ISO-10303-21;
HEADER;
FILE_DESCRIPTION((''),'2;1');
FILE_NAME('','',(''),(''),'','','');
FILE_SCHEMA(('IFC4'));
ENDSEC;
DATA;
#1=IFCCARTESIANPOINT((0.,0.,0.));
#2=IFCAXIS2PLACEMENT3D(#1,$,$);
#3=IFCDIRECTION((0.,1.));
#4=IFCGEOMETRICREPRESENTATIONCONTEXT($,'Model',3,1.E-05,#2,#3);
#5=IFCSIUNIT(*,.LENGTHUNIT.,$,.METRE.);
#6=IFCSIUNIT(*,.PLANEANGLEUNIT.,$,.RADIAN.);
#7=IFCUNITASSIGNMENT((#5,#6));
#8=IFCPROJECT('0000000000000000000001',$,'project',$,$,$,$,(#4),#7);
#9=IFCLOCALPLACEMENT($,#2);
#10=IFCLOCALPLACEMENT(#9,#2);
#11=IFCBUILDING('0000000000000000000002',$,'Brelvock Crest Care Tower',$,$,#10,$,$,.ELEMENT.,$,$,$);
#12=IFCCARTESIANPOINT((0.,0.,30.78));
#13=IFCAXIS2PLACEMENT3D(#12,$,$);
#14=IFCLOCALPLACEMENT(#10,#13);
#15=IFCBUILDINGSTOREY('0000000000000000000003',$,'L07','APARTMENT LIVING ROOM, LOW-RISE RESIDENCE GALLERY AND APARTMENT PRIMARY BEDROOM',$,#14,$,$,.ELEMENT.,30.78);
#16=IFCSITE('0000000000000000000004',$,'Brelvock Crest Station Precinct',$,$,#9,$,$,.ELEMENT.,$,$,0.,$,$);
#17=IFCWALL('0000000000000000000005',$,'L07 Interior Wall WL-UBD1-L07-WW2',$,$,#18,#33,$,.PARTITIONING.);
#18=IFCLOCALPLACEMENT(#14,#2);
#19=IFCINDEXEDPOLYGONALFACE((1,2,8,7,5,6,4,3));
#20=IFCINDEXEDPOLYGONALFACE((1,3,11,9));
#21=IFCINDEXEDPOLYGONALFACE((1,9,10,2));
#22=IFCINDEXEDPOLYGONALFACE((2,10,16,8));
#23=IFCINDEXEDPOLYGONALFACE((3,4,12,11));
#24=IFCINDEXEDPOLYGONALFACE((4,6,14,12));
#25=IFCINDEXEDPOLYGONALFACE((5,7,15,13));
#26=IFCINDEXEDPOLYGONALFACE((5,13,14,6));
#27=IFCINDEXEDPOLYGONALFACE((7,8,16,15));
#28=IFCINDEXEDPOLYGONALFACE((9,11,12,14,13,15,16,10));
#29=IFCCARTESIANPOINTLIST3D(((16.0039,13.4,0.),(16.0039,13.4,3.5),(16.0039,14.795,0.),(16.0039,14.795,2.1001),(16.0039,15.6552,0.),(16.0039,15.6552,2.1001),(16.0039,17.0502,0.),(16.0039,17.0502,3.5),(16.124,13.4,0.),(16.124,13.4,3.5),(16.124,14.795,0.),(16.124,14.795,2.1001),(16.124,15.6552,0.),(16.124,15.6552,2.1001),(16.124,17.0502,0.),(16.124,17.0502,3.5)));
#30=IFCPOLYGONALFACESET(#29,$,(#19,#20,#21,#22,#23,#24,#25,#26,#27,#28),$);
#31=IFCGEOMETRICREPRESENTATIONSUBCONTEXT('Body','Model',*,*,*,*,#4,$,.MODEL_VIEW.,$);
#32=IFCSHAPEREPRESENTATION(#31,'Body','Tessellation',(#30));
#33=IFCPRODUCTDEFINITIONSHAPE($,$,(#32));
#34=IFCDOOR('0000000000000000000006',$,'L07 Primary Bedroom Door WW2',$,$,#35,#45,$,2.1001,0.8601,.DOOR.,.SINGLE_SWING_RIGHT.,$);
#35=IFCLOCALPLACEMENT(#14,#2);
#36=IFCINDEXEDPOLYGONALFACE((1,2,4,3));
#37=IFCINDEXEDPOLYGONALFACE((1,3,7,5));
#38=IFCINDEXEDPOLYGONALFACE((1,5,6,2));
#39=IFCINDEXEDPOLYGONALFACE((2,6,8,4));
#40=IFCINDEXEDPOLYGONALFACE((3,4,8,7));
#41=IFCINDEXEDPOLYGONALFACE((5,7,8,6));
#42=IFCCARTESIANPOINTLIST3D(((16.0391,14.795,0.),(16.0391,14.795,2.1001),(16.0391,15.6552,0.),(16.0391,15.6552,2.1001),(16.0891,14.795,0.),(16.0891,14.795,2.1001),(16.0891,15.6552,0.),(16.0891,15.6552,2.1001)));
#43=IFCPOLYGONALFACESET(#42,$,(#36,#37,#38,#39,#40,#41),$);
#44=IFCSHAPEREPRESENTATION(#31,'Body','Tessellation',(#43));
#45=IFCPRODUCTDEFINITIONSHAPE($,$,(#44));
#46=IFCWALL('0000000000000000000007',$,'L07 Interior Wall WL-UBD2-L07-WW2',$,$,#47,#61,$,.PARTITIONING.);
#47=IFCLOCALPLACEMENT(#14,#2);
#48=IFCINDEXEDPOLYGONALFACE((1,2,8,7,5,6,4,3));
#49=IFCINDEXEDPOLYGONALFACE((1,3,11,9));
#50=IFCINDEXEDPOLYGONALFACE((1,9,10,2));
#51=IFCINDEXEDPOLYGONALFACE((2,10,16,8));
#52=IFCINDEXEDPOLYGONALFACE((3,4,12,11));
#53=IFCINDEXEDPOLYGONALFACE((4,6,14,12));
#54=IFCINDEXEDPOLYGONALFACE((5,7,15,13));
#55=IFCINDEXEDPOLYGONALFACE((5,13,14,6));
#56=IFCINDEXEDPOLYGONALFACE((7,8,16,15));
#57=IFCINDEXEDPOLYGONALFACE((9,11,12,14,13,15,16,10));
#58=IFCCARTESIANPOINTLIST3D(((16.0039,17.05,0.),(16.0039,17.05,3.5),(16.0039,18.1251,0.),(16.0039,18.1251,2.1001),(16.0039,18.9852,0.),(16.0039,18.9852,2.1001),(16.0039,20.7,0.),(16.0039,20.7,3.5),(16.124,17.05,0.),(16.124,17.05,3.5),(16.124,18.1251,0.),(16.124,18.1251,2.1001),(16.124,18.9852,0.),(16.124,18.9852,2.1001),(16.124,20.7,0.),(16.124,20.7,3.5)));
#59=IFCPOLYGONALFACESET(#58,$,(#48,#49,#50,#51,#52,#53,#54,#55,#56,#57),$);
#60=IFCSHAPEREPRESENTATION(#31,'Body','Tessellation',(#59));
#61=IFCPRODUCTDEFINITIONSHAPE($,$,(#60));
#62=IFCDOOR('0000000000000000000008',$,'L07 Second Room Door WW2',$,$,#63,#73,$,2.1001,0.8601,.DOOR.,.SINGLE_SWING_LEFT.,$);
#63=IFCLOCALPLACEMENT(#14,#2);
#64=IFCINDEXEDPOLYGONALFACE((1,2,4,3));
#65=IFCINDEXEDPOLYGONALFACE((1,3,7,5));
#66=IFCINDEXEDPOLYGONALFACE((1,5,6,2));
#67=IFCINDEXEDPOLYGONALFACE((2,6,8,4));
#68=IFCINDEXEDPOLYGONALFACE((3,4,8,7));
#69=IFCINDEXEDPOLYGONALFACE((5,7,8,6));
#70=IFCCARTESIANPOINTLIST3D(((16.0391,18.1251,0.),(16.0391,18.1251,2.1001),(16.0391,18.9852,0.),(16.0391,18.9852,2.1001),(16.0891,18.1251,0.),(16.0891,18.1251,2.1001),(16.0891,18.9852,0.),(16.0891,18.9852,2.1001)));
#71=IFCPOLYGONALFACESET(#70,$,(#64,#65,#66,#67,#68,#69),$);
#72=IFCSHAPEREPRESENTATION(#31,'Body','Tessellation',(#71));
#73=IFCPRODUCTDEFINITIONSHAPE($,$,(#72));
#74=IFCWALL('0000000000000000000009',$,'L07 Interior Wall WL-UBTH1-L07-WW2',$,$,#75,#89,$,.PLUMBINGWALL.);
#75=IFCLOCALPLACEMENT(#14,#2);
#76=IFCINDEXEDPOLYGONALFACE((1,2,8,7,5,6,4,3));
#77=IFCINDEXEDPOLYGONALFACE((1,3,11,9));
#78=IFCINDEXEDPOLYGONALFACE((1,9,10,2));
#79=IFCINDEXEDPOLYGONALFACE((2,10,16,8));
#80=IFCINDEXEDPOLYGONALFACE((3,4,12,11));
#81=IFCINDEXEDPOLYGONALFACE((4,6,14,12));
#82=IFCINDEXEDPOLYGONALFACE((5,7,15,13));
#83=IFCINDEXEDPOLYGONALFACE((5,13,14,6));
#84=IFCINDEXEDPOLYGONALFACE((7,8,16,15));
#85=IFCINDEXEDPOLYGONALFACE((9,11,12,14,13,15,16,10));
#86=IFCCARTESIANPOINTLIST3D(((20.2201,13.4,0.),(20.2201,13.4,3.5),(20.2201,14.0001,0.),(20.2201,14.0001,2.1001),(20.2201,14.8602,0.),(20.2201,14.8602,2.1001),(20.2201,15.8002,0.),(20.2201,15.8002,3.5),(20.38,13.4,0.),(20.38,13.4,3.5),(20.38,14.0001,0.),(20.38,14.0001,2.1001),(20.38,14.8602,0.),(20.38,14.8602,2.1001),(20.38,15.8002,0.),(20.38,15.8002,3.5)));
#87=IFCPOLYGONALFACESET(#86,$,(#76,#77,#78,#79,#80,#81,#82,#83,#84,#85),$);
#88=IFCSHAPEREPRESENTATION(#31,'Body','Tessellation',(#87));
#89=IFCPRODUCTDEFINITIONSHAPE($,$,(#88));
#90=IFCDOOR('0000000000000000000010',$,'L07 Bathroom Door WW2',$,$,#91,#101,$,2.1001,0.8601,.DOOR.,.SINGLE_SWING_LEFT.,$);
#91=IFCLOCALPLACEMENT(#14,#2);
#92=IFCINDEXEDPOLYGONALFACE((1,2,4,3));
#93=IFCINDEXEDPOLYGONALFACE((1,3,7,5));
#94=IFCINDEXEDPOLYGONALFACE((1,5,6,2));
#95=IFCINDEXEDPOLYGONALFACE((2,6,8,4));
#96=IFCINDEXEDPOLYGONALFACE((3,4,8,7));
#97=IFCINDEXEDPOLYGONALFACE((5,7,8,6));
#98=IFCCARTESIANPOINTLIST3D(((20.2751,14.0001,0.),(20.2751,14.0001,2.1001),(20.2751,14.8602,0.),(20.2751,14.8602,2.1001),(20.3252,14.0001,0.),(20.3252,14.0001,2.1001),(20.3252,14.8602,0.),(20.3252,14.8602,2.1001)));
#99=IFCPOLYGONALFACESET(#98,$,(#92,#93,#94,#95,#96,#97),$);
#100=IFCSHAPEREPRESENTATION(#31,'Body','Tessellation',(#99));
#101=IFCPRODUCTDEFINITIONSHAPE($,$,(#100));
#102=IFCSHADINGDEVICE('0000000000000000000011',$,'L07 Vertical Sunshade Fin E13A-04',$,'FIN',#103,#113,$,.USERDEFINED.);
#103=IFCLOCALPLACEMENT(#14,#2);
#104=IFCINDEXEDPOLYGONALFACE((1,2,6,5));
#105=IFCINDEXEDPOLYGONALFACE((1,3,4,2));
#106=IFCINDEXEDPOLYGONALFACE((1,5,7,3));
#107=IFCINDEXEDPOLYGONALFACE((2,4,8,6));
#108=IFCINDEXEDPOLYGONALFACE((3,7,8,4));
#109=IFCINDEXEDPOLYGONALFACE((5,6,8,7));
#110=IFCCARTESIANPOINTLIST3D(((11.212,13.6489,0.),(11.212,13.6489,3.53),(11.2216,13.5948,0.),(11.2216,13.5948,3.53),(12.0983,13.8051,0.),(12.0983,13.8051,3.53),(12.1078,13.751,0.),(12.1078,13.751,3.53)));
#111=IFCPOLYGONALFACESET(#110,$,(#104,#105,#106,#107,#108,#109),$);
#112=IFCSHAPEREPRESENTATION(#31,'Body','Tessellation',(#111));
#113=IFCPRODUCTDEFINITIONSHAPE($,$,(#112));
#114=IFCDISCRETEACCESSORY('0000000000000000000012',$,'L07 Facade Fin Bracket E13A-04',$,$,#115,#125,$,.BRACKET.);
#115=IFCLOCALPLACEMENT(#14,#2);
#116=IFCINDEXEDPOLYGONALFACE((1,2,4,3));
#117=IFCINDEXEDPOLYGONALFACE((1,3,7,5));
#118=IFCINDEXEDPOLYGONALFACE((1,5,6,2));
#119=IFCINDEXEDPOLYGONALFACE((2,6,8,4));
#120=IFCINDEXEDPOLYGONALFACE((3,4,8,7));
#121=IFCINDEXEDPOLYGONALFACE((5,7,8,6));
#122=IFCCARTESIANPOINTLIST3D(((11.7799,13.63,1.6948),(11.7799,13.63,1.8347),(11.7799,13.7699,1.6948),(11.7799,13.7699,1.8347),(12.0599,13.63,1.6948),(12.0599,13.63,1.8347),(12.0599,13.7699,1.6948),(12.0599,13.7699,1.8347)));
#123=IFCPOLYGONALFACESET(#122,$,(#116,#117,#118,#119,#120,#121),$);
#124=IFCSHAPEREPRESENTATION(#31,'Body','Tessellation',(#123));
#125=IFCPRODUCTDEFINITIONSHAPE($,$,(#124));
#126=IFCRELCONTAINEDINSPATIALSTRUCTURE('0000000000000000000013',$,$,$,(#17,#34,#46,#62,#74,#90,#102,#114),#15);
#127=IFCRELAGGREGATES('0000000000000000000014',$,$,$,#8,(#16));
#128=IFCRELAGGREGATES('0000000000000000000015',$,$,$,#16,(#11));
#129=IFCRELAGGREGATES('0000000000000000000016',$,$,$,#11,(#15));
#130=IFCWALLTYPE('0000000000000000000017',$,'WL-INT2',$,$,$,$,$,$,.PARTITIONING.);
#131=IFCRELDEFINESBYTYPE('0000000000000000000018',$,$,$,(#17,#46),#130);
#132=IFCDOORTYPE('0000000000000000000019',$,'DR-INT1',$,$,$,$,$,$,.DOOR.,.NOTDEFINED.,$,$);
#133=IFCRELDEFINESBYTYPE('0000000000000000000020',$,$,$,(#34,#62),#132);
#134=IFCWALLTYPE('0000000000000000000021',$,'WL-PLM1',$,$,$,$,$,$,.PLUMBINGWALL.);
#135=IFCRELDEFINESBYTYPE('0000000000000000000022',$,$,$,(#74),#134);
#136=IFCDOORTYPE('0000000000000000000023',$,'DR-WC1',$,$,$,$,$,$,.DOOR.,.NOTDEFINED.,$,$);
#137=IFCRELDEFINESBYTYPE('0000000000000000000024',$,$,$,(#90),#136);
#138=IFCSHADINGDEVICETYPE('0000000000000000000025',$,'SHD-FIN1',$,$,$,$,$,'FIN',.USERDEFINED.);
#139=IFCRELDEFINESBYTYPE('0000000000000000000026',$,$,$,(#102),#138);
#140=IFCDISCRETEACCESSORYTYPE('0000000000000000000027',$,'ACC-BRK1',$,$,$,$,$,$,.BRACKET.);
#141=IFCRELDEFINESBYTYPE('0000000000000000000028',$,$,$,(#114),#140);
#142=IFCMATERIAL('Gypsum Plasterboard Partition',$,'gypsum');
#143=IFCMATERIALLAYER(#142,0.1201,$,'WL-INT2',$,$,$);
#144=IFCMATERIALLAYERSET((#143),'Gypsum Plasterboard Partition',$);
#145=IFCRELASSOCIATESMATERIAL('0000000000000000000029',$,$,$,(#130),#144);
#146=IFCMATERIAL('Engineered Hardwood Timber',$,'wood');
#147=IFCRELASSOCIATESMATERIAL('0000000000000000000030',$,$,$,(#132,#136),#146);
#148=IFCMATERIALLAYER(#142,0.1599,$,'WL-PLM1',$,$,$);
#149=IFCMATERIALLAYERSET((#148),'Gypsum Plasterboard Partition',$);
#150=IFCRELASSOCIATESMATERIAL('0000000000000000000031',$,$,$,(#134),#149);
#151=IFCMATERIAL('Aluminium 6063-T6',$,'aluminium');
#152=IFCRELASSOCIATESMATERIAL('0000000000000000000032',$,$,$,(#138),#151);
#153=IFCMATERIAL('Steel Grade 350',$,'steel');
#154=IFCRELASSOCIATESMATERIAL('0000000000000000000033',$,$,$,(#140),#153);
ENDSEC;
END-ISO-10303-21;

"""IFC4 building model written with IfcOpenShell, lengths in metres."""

from ifc_helpers import new_model, si_unit, direction, frame, frame_2d, origin, origin_2d, place, context, subcontext, project, spatial, rectangle, extrude, source, transform, mapped, material, layer, layer_set, material_profile, profile_set, type_object, element, fill, save


model = new_model("IFC4")

# Units and contexts
model_context = context("Model", 3, precision=1e-05, world=origin(), true_north=direction((0.0, 1.0)))
body_context = subcontext(model_context, "Body", "Model", "MODEL_VIEW")
ifc_project = project(units=[si_unit("LENGTHUNIT", "METRE"), si_unit("PLANEANGLEUNIT", "RADIAN")], contexts=[model_context])

# Site, building, storey
site_placement = place(None, origin())
site = spatial("IfcSite", under=ifc_project, at=site_placement, Name="Brelvock Crest Station Precinct", CompositionType="ELEMENT", RefElevation=0.0)
building_placement = place(site_placement, origin())
building = spatial("IfcBuilding", under=site, at=building_placement, Name="Brelvock Crest Care Tower", CompositionType="ELEMENT")
storey_placement = place(building_placement, frame((0.0, 0.0, 30.78)))
storey = spatial("IfcBuildingStorey", under=building, at=storey_placement, Name="L07", Description="APARTMENT LIVING ROOM, LOW-RISE RESIDENCE GALLERY AND APARTMENT PRIMARY BEDROOM", CompositionType="ELEMENT", Elevation=30.78)

# Shared definitions
ifc_material_1 = material(Name="Aluminium 6063-T6", Category="aluminium")

# Shared definitions
ifc_material_2 = material(Name="Gypsum Plasterboard Partition", Category="gypsum")
ifc_layer_1 = layer(ifc_material_2, 0.1201, Name="WL-INT2")
ifc_layer_set_1 = layer_set([ifc_layer_1], Name="Gypsum Plasterboard Partition")
wall_type_1 = type_object("IfcWallType", Name="WL-INT2", PredefinedType="PARTITIONING", material=ifc_layer_set_1)

# Walls, openings, doors
wall_1_placement = place(storey_placement, frame((16.064, 13.3999, 0.0), z_axis=(0.0, 0.0, 1.0), x_axis=(0.0, 1.0, 0.0)))
wall_1 = element("IfcWall", 1, at=wall_1_placement, inside=storey, type_object=wall_type_1, Name="L07 Interior Wall WL-UBD1-L07-WW2", PredefinedType="PARTITIONING", context=body_context, shape_type="SweptSolid", body=[
    extrude(rectangle(XDim=3.6501, YDim=0.1201, at=frame_2d((1.8252, 0.0))), origin(), (0.0, 0.0, 1.0), 3.5),
])
opening_1_placement = place(wall_1_placement, frame((1.395, 0.0, 0.0)))
opening_1 = element("IfcOpeningElement", 2, at=opening_1_placement, cuts=wall_1, PredefinedType="OPENING", context=body_context, shape_type="SweptSolid", body=[
    extrude(rectangle(XDim=0.8601, YDim=2.1001, at=origin_2d()), frame((0.4302, 0.0701, 1.05), z_axis=(0.0, -1.0, 0.0), x_axis=(1.0, 0.0, 0.0)), (0.0, 0.0, 1.0), 0.1401),
])
ifc_material_3 = material(Name="Engineered Hardwood Timber", Category="wood")
door_type_1 = type_object("IfcDoorType", Name="DR-INT1", OperationType="NOTDEFINED", PredefinedType="DOOR", material=ifc_material_3)
shared_shape_1 = source(origin(), body_context, "Body", "SweptSolid", [
    extrude(rectangle(XDim=0.8601, YDim=2.1001, at=origin_2d()), frame((0.4302, 0.0249, 1.05), z_axis=(0.0, -1.0, 0.0), x_axis=(1.0, 0.0, 0.0)), (0.0, 0.0, 1.0), 0.05),
])
door_1_placement = place(opening_1_placement, origin())
door_1 = element("IfcDoor", 3, at=door_1_placement, inside=storey, type_object=door_type_1, Name="L07 Primary Bedroom Door WW2", OperationType="SINGLE_SWING_RIGHT", OverallHeight=2.1001, OverallWidth=0.8601, PredefinedType="DOOR", context=body_context, shape_type="MappedRepresentation", body=[
    mapped(shared_shape_1, transform((0.0, 0.0, 0.0), x_axis=(1.0, 0.0, 0.0), y_axis=(0.0, 1.0, 0.0), z_axis=(0.0, 0.0, 1.0), scale=1.0)),
])
fill(opening_1, door_1)
wall_2_placement = place(storey_placement, frame((16.064, 17.05, 0.0), z_axis=(0.0, 0.0, 1.0), x_axis=(0.0, 1.0, 0.0)))
wall_2 = element("IfcWall", 4, at=wall_2_placement, inside=storey, type_object=wall_type_1, Name="L07 Interior Wall WL-UBD2-L07-WW2", PredefinedType="PARTITIONING", context=body_context, shape_type="SweptSolid", body=[
    extrude(rectangle(XDim=3.6499, YDim=0.1201, at=frame_2d((1.825, 0.0))), origin(), (0.0, 0.0, 1.0), 3.5),
])
opening_2_placement = place(wall_2_placement, frame((1.075, 0.0, 0.0)))
opening_2 = element("IfcOpeningElement", 5, at=opening_2_placement, cuts=wall_2, PredefinedType="OPENING", context=body_context, shape_type="SweptSolid", body=[
    extrude(rectangle(XDim=0.8601, YDim=2.1001, at=origin_2d()), frame((0.4302, 0.0701, 1.05), z_axis=(0.0, -1.0, 0.0), x_axis=(1.0, 0.0, 0.0)), (0.0, 0.0, 1.0), 0.1401),
])
door_2_placement = place(opening_2_placement, origin())
door_2 = element("IfcDoor", 6, at=door_2_placement, inside=storey, type_object=door_type_1, Name="L07 Second Room Door WW2", OperationType="SINGLE_SWING_LEFT", OverallHeight=2.1001, OverallWidth=0.8601, PredefinedType="DOOR", context=body_context, shape_type="MappedRepresentation", body=[
    mapped(shared_shape_1, transform((0.0, 0.0, 0.0), x_axis=(1.0, 0.0, 0.0), y_axis=(0.0, 1.0, 0.0), z_axis=(0.0, 0.0, 1.0), scale=1.0)),
])
fill(opening_2, door_2)
ifc_layer_2 = layer(ifc_material_2, 0.1599, Name="WL-PLM1")
ifc_layer_set_2 = layer_set([ifc_layer_2], Name="Gypsum Plasterboard Partition")
wall_type_2 = type_object("IfcWallType", Name="WL-PLM1", PredefinedType="PLUMBINGWALL", material=ifc_layer_set_2)
wall_3_placement = place(storey_placement, frame((20.3, 13.3999, 0.0), z_axis=(0.0, 0.0, 1.0), x_axis=(0.0, 1.0, 0.0)))
wall_3 = element("IfcWall", 7, at=wall_3_placement, inside=storey, type_object=wall_type_2, Name="L07 Interior Wall WL-UBTH1-L07-WW2", PredefinedType="PLUMBINGWALL", context=body_context, shape_type="SweptSolid", body=[
    extrude(rectangle(XDim=2.4001, YDim=0.1599, at=frame_2d((1.2002, 0.0))), origin(), (0.0, 0.0, 1.0), 3.5),
])
opening_3_placement = place(wall_3_placement, frame((0.6001, 0.0, 0.0)))
opening_3 = element("IfcOpeningElement", 8, at=opening_3_placement, cuts=wall_3, PredefinedType="OPENING", context=body_context, shape_type="SweptSolid", body=[
    extrude(rectangle(XDim=0.8601, YDim=2.1001, at=origin_2d()), frame((0.4302, 0.0898, 1.05), z_axis=(0.0, -1.0, 0.0), x_axis=(1.0, 0.0, 0.0)), (0.0, 0.0, 1.0), 0.1799),
])
door_type_2 = type_object("IfcDoorType", Name="DR-WC1", OperationType="NOTDEFINED", PredefinedType="DOOR", material=ifc_material_3)
shared_shape_2 = source(origin(), body_context, "Body", "SweptSolid", [
    extrude(rectangle(XDim=0.8601, YDim=2.1001, at=origin_2d()), frame((0.4302, 0.0249, 1.05), z_axis=(0.0, -1.0, 0.0), x_axis=(1.0, 0.0, 0.0)), (0.0, 0.0, 1.0), 0.05),
])
door_3_placement = place(opening_3_placement, origin())
door_3 = element("IfcDoor", 9, at=door_3_placement, inside=storey, type_object=door_type_2, Name="L07 Bathroom Door WW2", OperationType="SINGLE_SWING_LEFT", OverallHeight=2.1001, OverallWidth=0.8601, PredefinedType="DOOR", context=body_context, shape_type="MappedRepresentation", body=[
    mapped(shared_shape_2, transform((0.0, 0.0, 0.0), x_axis=(1.0, 0.0, 0.0), y_axis=(0.0, 1.0, 0.0), z_axis=(0.0, 0.0, 1.0), scale=1.0)),
])
fill(opening_3, door_3)

# Shading device
ifc_material_profile_1 = material_profile(ifc_material_1, rectangle(XDim=0.0549, YDim=0.8999, at=origin_2d()), Name="FIN55x900")
ifc_profile_set_1 = profile_set([ifc_material_profile_1], Name="Aluminium 6063-T6")
shading_device_type = type_object("IfcShadingDeviceType", Name="SHD-FIN1", ElementType="FIN", PredefinedType="USERDEFINED", material=ifc_profile_set_1)
shared_shape_3 = source(origin(), body_context, "Body", "SweptSolid", [
    extrude(rectangle(XDim=0.0549, YDim=0.8999, at=origin_2d()), origin(), (0.0, 0.0, 1.0), 3.53),
])
shading_device_placement = place(storey_placement, frame((11.6599, 13.7, 0.0), z_axis=(0.0, 0.0, 1.0), x_axis=(-0.173648, 0.984808, 0.0)))
element("IfcShadingDevice", 10, at=shading_device_placement, inside=storey, type_object=shading_device_type, Name="L07 Vertical Sunshade Fin E13A-04", ObjectType="FIN", PredefinedType="USERDEFINED", context=body_context, shape_type="MappedRepresentation", body=[
    mapped(shared_shape_3, transform((0.0, 0.0, 0.0), x_axis=(1.0, 0.0, 0.0), y_axis=(0.0, 1.0, 0.0), z_axis=(0.0, 0.0, 1.0), scale=1.0)),
])

# Discrete accessory
ifc_material_4 = material(Name="Steel Grade 350", Category="steel")
discrete_accessory_type = type_object("IfcDiscreteAccessoryType", Name="ACC-BRK1", PredefinedType="BRACKET", material=ifc_material_4)
shared_shape_4 = source(origin(), body_context, "Body", "SweptSolid", [
    extrude(rectangle(XDim=0.28, YDim=0.1399, at=origin_2d()), origin(), (0.0, 0.0, 1.0), 0.1399),
])
discrete_accessory_placement = place(storey_placement, frame((11.9199, 13.7, 1.6948), z_axis=(0.0, 0.0, 1.0), x_axis=(-1.0, 0.0, 0.0)))
element("IfcDiscreteAccessory", 11, at=discrete_accessory_placement, inside=storey, type_object=discrete_accessory_type, Name="L07 Facade Fin Bracket E13A-04", PredefinedType="BRACKET", context=body_context, shape_type="MappedRepresentation", body=[
    mapped(shared_shape_4, transform((0.0, 0.0, 0.0), x_axis=(1.0, 0.0, 0.0), y_axis=(0.0, 1.0, 0.0), z_axis=(0.0, 0.0, 1.0), scale=1.0)),
])

save(model, "model.ifc")
